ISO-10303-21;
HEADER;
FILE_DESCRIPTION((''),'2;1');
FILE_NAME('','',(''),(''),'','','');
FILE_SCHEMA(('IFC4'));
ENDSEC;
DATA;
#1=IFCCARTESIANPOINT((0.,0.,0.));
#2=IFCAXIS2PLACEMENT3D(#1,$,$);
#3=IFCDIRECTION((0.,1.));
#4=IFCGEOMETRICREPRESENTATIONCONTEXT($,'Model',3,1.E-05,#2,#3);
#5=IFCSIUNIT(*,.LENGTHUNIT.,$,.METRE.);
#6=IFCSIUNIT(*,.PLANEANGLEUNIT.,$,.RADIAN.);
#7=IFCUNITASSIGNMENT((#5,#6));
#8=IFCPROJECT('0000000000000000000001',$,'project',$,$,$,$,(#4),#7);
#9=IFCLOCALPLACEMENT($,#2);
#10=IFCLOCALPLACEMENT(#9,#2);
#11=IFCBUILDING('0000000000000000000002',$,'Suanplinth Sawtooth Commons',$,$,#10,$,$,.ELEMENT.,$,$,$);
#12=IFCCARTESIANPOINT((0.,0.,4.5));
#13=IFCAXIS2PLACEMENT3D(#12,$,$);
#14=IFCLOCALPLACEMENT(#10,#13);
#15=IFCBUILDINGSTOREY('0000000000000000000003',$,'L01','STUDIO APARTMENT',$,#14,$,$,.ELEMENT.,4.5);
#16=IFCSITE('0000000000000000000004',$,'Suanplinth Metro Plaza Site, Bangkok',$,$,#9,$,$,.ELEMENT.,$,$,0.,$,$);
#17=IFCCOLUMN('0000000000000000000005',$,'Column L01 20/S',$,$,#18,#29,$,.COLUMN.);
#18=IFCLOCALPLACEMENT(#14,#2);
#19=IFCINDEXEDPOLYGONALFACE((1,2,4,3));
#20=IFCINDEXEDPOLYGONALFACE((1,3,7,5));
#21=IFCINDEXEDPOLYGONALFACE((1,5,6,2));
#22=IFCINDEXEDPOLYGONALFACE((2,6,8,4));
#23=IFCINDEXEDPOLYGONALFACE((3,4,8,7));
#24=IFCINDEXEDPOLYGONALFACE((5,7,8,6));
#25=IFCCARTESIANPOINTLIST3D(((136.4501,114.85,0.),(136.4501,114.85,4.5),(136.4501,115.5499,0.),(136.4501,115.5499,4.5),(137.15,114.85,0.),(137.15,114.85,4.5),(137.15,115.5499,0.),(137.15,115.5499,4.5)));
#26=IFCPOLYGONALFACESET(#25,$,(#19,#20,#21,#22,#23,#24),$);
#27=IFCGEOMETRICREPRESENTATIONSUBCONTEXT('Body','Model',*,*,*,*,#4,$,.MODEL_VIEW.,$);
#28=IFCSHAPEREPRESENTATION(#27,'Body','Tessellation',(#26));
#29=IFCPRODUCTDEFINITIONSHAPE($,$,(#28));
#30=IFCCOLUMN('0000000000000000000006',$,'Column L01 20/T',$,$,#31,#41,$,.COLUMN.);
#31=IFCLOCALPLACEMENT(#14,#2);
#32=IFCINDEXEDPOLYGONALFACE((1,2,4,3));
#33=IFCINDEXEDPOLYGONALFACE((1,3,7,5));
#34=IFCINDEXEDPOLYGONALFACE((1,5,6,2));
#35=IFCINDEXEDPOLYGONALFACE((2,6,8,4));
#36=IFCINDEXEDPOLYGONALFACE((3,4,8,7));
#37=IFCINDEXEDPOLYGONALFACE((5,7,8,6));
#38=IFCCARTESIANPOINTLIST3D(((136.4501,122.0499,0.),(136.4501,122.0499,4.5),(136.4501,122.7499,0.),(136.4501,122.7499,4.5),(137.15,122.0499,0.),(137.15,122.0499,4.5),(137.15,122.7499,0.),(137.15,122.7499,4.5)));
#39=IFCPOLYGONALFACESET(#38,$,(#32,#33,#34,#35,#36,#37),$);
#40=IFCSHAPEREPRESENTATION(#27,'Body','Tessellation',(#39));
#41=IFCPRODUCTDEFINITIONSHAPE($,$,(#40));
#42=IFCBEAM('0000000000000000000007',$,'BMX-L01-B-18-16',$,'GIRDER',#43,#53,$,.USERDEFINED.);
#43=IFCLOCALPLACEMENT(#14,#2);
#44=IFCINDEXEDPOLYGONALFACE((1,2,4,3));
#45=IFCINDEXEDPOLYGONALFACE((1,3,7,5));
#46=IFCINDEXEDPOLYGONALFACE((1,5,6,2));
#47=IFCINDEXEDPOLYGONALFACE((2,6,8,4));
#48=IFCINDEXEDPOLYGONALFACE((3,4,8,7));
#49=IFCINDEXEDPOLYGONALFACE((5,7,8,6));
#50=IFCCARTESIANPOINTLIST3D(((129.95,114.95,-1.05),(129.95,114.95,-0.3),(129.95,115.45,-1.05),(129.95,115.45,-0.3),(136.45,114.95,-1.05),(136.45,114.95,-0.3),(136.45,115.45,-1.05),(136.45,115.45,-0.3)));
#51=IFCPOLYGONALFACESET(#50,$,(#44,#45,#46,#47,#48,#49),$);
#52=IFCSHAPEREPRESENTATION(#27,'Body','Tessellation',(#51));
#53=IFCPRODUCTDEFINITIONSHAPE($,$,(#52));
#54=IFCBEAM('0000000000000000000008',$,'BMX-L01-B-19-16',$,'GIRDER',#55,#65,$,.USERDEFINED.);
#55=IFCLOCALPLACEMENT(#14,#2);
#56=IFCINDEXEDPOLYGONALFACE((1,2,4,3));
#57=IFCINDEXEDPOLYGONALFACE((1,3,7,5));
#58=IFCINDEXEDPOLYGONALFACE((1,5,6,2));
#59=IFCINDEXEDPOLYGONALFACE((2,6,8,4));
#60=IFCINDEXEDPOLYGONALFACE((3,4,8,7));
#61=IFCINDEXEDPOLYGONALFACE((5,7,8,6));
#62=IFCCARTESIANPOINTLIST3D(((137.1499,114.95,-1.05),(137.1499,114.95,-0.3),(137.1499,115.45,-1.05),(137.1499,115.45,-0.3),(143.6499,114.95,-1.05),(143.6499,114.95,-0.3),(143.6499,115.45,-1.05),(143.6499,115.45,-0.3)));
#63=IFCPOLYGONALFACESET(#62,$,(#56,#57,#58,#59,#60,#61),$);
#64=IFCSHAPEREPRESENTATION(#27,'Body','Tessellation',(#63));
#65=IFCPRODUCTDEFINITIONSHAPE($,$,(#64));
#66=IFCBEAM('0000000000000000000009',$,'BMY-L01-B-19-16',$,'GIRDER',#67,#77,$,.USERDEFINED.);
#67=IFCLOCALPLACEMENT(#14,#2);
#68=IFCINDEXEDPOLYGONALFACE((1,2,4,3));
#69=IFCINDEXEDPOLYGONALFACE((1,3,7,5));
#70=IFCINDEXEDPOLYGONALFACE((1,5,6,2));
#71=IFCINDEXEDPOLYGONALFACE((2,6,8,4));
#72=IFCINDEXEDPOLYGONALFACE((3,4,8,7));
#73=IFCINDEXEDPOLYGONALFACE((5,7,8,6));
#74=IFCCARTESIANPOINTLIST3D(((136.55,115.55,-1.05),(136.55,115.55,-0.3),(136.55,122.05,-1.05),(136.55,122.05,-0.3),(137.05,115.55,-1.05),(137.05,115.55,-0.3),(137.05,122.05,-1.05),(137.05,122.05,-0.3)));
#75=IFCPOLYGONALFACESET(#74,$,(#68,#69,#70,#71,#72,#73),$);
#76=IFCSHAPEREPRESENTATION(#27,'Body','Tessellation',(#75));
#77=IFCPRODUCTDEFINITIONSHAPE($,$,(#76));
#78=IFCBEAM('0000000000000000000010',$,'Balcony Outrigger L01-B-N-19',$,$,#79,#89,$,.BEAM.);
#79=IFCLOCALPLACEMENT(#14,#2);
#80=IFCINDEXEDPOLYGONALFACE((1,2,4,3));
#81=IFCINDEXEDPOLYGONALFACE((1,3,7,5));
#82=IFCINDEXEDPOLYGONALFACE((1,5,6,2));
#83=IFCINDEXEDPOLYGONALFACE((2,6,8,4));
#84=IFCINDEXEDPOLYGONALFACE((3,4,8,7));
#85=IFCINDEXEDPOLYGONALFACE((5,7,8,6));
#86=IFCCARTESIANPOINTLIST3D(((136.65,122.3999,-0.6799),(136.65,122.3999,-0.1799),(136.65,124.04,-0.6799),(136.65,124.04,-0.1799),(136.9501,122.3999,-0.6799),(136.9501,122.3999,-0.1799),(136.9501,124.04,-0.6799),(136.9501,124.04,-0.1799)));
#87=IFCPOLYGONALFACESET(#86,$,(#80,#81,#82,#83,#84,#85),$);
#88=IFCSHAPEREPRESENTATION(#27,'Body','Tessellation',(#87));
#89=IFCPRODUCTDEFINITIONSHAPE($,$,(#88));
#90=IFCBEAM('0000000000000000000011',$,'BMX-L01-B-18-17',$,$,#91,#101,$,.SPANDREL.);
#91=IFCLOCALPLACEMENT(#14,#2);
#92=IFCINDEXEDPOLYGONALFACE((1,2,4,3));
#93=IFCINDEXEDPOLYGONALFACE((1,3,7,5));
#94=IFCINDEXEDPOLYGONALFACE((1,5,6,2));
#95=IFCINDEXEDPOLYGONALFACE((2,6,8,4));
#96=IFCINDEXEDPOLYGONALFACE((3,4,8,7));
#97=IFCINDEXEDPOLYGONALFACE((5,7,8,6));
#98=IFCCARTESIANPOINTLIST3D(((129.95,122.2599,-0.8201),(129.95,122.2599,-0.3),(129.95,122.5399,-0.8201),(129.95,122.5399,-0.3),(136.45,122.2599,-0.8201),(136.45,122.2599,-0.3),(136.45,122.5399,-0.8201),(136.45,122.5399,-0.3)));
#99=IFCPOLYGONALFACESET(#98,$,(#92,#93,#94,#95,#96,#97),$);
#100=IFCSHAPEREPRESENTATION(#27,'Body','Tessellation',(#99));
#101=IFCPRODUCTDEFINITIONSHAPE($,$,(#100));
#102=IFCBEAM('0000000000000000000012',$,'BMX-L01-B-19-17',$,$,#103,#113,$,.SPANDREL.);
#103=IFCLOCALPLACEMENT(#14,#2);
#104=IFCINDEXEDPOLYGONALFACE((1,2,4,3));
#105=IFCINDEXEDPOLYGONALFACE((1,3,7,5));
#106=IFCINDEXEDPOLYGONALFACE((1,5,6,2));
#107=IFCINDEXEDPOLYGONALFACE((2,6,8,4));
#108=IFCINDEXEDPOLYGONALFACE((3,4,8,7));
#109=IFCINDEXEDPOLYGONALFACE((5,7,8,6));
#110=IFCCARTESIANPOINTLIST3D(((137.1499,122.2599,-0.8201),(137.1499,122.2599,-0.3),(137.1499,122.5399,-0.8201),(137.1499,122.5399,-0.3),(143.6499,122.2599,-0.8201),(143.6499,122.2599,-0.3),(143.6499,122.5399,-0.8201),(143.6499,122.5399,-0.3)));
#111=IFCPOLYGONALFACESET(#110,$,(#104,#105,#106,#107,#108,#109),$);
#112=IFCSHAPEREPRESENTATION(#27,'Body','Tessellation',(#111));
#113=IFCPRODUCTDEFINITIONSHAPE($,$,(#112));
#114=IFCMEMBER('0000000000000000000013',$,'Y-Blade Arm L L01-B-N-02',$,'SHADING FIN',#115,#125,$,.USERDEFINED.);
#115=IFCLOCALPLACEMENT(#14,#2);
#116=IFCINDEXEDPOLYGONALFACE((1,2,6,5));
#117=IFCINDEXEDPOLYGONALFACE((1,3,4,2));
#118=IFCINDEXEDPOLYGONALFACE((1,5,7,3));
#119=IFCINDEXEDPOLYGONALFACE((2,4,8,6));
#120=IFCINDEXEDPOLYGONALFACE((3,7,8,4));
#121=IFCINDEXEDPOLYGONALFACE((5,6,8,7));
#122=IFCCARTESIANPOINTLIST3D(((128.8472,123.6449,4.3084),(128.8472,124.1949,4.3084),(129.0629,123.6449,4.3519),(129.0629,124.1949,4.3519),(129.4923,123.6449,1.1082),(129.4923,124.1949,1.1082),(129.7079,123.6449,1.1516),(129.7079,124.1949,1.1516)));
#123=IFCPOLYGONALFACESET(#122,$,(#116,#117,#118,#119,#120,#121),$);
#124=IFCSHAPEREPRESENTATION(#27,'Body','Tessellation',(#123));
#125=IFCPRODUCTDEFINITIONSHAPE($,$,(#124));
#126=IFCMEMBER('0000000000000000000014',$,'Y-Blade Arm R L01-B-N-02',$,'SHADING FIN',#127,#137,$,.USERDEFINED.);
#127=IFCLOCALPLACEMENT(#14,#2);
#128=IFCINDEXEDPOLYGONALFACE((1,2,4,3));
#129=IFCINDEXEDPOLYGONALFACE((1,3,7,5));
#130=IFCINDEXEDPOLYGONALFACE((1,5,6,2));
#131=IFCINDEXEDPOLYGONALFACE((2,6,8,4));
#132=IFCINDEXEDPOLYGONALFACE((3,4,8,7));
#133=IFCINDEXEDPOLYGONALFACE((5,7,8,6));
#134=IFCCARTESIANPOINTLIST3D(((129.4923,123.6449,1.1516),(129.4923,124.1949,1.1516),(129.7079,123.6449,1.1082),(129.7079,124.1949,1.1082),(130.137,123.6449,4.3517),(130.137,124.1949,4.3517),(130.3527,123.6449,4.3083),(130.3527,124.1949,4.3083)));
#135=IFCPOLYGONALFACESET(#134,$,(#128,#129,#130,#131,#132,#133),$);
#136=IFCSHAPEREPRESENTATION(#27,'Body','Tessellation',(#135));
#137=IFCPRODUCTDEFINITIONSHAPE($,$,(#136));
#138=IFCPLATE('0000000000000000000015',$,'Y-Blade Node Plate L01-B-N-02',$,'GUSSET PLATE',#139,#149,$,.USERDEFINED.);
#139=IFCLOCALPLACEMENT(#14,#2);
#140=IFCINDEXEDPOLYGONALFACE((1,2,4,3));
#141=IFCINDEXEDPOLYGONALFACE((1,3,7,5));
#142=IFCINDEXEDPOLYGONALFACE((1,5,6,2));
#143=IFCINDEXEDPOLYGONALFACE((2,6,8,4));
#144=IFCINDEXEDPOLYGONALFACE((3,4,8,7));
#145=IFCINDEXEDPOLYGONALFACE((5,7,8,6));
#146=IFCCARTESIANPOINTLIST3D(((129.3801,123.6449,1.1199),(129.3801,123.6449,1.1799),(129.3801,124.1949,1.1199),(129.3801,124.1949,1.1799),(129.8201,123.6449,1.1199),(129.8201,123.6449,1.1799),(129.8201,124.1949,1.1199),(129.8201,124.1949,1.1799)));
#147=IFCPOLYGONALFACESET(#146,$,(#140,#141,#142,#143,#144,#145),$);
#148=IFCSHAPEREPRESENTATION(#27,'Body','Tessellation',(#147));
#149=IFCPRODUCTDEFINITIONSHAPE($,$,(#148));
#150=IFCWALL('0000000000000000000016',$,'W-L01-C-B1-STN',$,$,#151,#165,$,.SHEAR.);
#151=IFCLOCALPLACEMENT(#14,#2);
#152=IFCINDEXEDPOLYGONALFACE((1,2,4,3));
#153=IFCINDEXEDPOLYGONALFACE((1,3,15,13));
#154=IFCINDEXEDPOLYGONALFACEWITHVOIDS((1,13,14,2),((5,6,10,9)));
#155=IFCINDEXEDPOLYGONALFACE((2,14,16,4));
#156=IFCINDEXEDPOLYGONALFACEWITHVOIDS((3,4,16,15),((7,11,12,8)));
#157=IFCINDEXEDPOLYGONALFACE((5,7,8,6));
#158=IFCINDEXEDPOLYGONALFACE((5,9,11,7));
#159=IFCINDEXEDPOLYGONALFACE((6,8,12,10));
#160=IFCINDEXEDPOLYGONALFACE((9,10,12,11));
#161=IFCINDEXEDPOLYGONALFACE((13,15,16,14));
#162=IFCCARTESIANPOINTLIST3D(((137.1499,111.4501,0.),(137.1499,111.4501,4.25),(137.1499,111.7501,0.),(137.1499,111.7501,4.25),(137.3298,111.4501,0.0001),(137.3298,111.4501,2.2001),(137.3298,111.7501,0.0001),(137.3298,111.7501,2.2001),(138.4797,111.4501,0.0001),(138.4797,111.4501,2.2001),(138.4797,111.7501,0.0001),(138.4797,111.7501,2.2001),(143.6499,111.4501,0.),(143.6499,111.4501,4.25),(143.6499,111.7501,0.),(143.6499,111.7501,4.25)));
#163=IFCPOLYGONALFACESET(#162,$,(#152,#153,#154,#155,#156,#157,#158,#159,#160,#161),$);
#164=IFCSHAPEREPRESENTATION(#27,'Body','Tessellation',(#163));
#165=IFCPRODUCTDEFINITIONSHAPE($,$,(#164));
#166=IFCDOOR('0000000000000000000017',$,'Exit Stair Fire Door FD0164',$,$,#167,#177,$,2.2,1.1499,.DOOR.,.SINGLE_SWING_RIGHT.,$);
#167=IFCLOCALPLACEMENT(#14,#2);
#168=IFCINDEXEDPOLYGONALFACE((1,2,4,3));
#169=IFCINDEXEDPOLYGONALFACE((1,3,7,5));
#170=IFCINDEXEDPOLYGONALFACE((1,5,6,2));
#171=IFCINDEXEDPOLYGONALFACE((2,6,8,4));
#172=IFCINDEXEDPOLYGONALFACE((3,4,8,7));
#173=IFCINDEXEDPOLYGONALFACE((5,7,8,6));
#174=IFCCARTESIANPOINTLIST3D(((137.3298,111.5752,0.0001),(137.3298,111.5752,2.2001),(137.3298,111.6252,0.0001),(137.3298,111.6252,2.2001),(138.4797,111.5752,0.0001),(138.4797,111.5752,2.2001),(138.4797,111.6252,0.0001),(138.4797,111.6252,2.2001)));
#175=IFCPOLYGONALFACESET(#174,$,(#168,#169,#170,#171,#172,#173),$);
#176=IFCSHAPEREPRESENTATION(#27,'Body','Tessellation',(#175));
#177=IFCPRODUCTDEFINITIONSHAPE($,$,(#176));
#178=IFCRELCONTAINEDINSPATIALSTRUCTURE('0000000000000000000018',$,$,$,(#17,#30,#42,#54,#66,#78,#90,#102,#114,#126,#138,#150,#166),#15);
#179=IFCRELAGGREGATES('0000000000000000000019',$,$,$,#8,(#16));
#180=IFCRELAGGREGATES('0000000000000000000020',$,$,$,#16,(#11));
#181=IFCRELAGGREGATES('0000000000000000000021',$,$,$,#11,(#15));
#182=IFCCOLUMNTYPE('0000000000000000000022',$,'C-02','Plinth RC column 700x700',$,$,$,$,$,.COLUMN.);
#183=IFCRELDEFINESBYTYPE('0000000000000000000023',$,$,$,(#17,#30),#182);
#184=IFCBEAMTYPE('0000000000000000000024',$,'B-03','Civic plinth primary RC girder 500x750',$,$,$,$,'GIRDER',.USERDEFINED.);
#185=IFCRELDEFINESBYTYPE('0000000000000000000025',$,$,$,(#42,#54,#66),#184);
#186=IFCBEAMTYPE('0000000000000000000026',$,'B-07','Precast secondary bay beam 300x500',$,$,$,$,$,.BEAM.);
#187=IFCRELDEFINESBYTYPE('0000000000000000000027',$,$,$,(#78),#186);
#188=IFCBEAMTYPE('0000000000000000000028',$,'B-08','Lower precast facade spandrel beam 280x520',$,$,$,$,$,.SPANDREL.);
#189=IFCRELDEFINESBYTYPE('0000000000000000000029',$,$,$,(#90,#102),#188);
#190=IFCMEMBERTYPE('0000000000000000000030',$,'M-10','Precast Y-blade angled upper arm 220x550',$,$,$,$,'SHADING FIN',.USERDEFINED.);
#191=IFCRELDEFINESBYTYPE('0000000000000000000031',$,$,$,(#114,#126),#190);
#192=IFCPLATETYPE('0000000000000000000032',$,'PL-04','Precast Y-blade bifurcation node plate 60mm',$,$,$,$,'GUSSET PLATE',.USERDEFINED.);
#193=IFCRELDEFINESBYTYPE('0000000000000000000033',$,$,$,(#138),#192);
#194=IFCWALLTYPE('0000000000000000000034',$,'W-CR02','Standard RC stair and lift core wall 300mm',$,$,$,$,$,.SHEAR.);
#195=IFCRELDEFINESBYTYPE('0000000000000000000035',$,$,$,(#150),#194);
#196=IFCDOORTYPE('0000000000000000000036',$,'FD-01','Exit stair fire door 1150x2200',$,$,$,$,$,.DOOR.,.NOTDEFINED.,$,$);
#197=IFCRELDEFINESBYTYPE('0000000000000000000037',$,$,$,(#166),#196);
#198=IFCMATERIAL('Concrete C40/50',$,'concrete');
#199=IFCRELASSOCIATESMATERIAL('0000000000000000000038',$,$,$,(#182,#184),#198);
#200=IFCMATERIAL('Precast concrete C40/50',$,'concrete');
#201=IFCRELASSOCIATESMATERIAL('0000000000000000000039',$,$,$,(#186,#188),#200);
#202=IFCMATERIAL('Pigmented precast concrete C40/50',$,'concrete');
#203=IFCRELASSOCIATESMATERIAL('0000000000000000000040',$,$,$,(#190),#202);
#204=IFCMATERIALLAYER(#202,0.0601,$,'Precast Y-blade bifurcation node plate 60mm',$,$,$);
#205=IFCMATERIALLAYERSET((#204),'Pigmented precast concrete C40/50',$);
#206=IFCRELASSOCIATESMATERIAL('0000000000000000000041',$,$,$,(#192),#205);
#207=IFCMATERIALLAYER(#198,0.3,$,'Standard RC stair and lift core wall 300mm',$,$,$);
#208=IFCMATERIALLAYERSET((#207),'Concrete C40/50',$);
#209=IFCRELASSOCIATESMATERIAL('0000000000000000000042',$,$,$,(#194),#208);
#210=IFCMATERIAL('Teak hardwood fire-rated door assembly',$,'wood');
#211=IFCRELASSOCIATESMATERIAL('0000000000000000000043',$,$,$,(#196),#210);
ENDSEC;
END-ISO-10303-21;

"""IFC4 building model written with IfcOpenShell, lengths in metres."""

from ifc_helpers import new_model, si_unit, direction, frame, frame_2d, origin, origin_2d, place, context, subcontext, project, spatial, rectangle, extrude, material, layer, layer_set, material_profile, profile_set, type_object, element, fill, save


model = new_model("IFC4")

# Units and contexts
model_context = context("Model", 3, precision=1e-05, world=origin(), true_north=direction((0.0, 1.0)))
body_context = subcontext(model_context, "Body", "Model", "MODEL_VIEW")
ifc_project = project(units=[si_unit("LENGTHUNIT", "METRE"), si_unit("PLANEANGLEUNIT", "RADIAN")], contexts=[model_context])

# Site, building, storey
site_placement = place(None, origin())
site = spatial("IfcSite", under=ifc_project, at=site_placement, Name="Suanplinth Metro Plaza Site, Bangkok", CompositionType="ELEMENT", RefElevation=0.0)
building_placement = place(site_placement, origin())
building = spatial("IfcBuilding", under=site, at=building_placement, Name="Suanplinth Sawtooth Commons", CompositionType="ELEMENT")
storey_placement = place(building_placement, frame((0.0, 0.0, 4.5)))
storey = spatial("IfcBuildingStorey", under=building, at=storey_placement, Name="L01", Description="STUDIO APARTMENT", CompositionType="ELEMENT", Elevation=4.5)

# Columns
ifc_material_1 = material(Name="Concrete C40/50", Category="concrete")
ifc_material_profile_1 = material_profile(ifc_material_1, rectangle(XDim=0.7, YDim=0.7, at=origin_2d()), Name="RC-COL 700x700")
ifc_profile_set_1 = profile_set([ifc_material_profile_1], Name="Concrete C40/50")
column_type = type_object("IfcColumnType", Name="C-02", Description="Plinth RC column 700x700", PredefinedType="COLUMN", material=ifc_profile_set_1)
for number, where, z_axis, x_axis, name in (
    (1, (136.8, 115.2, 0.0), (0.0, 0.0, 1.0), (1.0, 0.0, 0.0), "Column L01 20/S"),
    (2, (136.8, 122.3999, 0.0), (0.0, 0.0, 1.0), (1.0, 0.0, 0.0), "Column L01 20/T"),
):
    element("IfcColumn", number, at=place(storey_placement, frame(where, z_axis=z_axis, x_axis=x_axis)), inside=storey, type_object=column_type, Name=name, PredefinedType="COLUMN", context=body_context, shape_type="SweptSolid", body=[
        extrude(rectangle(XDim=0.7, YDim=0.7, at=origin_2d()), origin(), (0.0, 0.0, 1.0), 4.5),
    ])

# Beams
ifc_material_profile_2 = material_profile(ifc_material_1, rectangle(XDim=0.5, YDim=0.75, at=origin_2d()), Name="RC-GDR 500x750")
ifc_profile_set_2 = profile_set([ifc_material_profile_2], Name="Concrete C40/50")
beam_type_1 = type_object("IfcBeamType", Name="B-03", Description="Civic plinth primary RC girder 500x750", ElementType="GIRDER", PredefinedType="USERDEFINED", material=ifc_profile_set_2)
for number, where, z_axis, x_axis, name in (
    (3, (129.95, 115.2, -0.675), (1.0, 0.0, 0.0), (0.0, 1.0, 0.0), "BMX-L01-B-18-16"),
    (4, (137.1499, 115.2, -0.675), (1.0, 0.0, 0.0), (0.0, 1.0, 0.0), "BMX-L01-B-19-16"),
    (5, (136.8, 115.55, -0.675), (0.0, 1.0, 0.0), (-1.0, 0.0, 0.0), "BMY-L01-B-19-16"),
):
    element("IfcBeam", number, at=place(storey_placement, frame(where, z_axis=z_axis, x_axis=x_axis)), inside=storey, type_object=beam_type_1, Name=name, ObjectType="GIRDER", PredefinedType="USERDEFINED", context=body_context, shape_type="SweptSolid", body=[
        extrude(rectangle(XDim=0.5, YDim=0.75, at=origin_2d()), origin(), (0.0, 0.0, 1.0), 6.5),
    ])
ifc_material_2 = material(Name="Precast concrete C40/50", Category="concrete")
ifc_material_profile_3 = material_profile(ifc_material_2, rectangle(XDim=0.3, YDim=0.5, at=origin_2d()), Name="PC-BM 300x500")
ifc_profile_set_3 = profile_set([ifc_material_profile_3], Name="Precast concrete C40/50")
beam_type_2 = type_object("IfcBeamType", Name="B-07", Description="Precast secondary bay beam 300x500", PredefinedType="BEAM", material=ifc_profile_set_3)
beam_placement = place(storey_placement, frame((136.8, 122.3999, -0.4299), z_axis=(0.0, 1.0, 0.0), x_axis=(-1.0, 0.0, 0.0)))
element("IfcBeam", 6, at=beam_placement, inside=storey, type_object=beam_type_2, Name="Balcony Outrigger L01-B-N-19", PredefinedType="BEAM", context=body_context, shape_type="SweptSolid", body=[
    extrude(rectangle(XDim=0.3, YDim=0.5, at=origin_2d()), origin(), (0.0, 0.0, 1.0), 1.6401),
])
ifc_material_profile_4 = material_profile(ifc_material_2, rectangle(XDim=0.28, YDim=0.52, at=origin_2d()), Name="PC-SP 280x520")
ifc_profile_set_4 = profile_set([ifc_material_profile_4], Name="Precast concrete C40/50")
beam_type_3 = type_object("IfcBeamType", Name="B-08", Description="Lower precast facade spandrel beam 280x520", PredefinedType="SPANDREL", material=ifc_profile_set_4)
for number, where, z_axis, x_axis, name in (
    (7, (129.95, 122.3999, -0.5601), (1.0, 0.0, 0.0), (0.0, 1.0, 0.0), "BMX-L01-B-18-17"),
    (8, (137.1499, 122.3999, -0.5601), (1.0, 0.0, 0.0), (0.0, 1.0, 0.0), "BMX-L01-B-19-17"),
):
    element("IfcBeam", number, at=place(storey_placement, frame(where, z_axis=z_axis, x_axis=x_axis)), inside=storey, type_object=beam_type_3, Name=name, PredefinedType="SPANDREL", context=body_context, shape_type="SweptSolid", body=[
        extrude(rectangle(XDim=0.28, YDim=0.52, at=origin_2d()), origin(), (0.0, 0.0, 1.0), 6.5),
    ])

# Members
ifc_material_3 = material(Name="Pigmented precast concrete C40/50", Category="concrete")
ifc_material_profile_5 = material_profile(ifc_material_3, rectangle(XDim=0.22, YDim=0.55, at=origin_2d()), Name="PC-FIN 220x550")
ifc_profile_set_5 = profile_set([ifc_material_profile_5], Name="Pigmented precast concrete C40/50")
member_type = type_object("IfcMemberType", Name="M-10", Description="Precast Y-blade angled upper arm 220x550", ElementType="SHADING FIN", PredefinedType="USERDEFINED", material=ifc_profile_set_5)
member_1_placement = place(storey_placement, frame((129.6001, 123.9199, 1.1299), z_axis=(-0.197583, 0.0, 0.980286), x_axis=(0.980286, 0.0, 0.197583)))
element("IfcMember", 9, at=member_1_placement, inside=storey, type_object=member_type, Name="Y-Blade Arm L L01-B-N-02", ObjectType="SHADING FIN", PredefinedType="USERDEFINED", context=body_context, shape_type="SweptSolid", body=[
    extrude(rectangle(XDim=0.22, YDim=0.55, at=origin_2d()), origin(), (0.0, 0.0, 1.0), 3.2646),
])
member_2_placement = place(storey_placement, frame((129.6001, 123.9199, 1.1299), z_axis=(0.197511, 0.0, 0.980301), x_axis=(-0.980301, 0.0, 0.197511)))
element("IfcMember", 10, at=member_2_placement, inside=storey, type_object=member_type, Name="Y-Blade Arm R L01-B-N-02", ObjectType="SHADING FIN", PredefinedType="USERDEFINED", context=body_context, shape_type="SweptSolid", body=[
    extrude(rectangle(XDim=0.22, YDim=0.55, at=origin_2d()), origin(), (0.0, 0.0, 1.0), 3.2644),
])

# Plate
ifc_layer_1 = layer(ifc_material_3, 0.0601, Name="Precast Y-blade bifurcation node plate 60mm")
ifc_layer_set_1 = layer_set([ifc_layer_1], Name="Pigmented precast concrete C40/50")
plate_type = type_object("IfcPlateType", Name="PL-04", Description="Precast Y-blade bifurcation node plate 60mm", ElementType="GUSSET PLATE", PredefinedType="USERDEFINED", material=ifc_layer_set_1)
plate_placement = place(storey_placement, frame((129.6001, 123.9199, 1.1199), z_axis=(0.0, 0.0, 1.0), x_axis=(1.0, 0.0, 0.0)))
element("IfcPlate", 11, at=plate_placement, inside=storey, type_object=plate_type, Name="Y-Blade Node Plate L01-B-N-02", ObjectType="GUSSET PLATE", PredefinedType="USERDEFINED", context=body_context, shape_type="SweptSolid", body=[
    extrude(rectangle(XDim=0.4399, YDim=0.55, at=origin_2d()), origin(), (0.0, 0.0, 1.0), 0.0601),
])

# Wall, opening, door
ifc_layer_2 = layer(ifc_material_1, 0.3, Name="Standard RC stair and lift core wall 300mm")
ifc_layer_set_2 = layer_set([ifc_layer_2], Name="Concrete C40/50")
wall_type_1 = type_object("IfcWallType", Name="W-CR02", Description="Standard RC stair and lift core wall 300mm", PredefinedType="SHEAR", material=ifc_layer_set_2)
wall_1_placement = place(storey_placement, frame((137.1499, 111.6001, 0.0), z_axis=(0.0, 0.0, 1.0), x_axis=(1.0, 0.0, 0.0)))
wall_1 = element("IfcWall", 12, at=wall_1_placement, inside=storey, type_object=wall_type_1, Name="W-L01-C-B1-STN", PredefinedType="SHEAR", context=body_context, shape_type="SweptSolid", body=[
    extrude(rectangle(XDim=6.5, YDim=0.3, at=frame_2d((3.25, 0.0))), origin(), (0.0, 0.0, 1.0), 4.25),
])
opening_1_placement = place(wall_1_placement, frame((0.1799, 0.0, 0.0)))
opening_1 = element("IfcOpeningElement", 13, at=opening_1_placement, cuts=wall_1, PredefinedType="OPENING", context=body_context, shape_type="SweptSolid", body=[
    extrude(rectangle(XDim=1.1499, YDim=2.2, at=frame_2d((0.575, 1.1001))), frame((0.0, 0.165, 0.0), z_axis=(0.0, -1.0, 0.0), x_axis=(1.0, 0.0, 0.0)), (0.0, 0.0, 1.0), 0.3298),
])
ifc_material_4 = material(Name="Teak hardwood fire-rated door assembly", Category="wood")
door_type_1 = type_object("IfcDoorType", Name="FD-01", Description="Exit stair fire door 1150x2200", OperationType="NOTDEFINED", PredefinedType="DOOR", material=ifc_material_4)
door_1_placement = place(opening_1_placement, frame((1.1499, 0.0, 0.0), z_axis=(0.0, 0.0, 1.0), x_axis=(-1.0, 0.0, 0.0)))
door_1 = element("IfcDoor", 14, at=door_1_placement, inside=storey, type_object=door_type_1, Name="Exit Stair Fire Door FD0164", OperationType="SINGLE_SWING_RIGHT", OverallHeight=2.2, OverallWidth=1.1499, PredefinedType="DOOR", context=body_context, shape_type="SweptSolid", body=[
    extrude(rectangle(XDim=1.1499, YDim=2.2, at=frame_2d((0.575, 1.1001))), frame((0.0, 0.0249, 0.0), z_axis=(0.0, -1.0, 0.0), x_axis=(1.0, 0.0, 0.0)), (0.0, 0.0, 1.0), 0.05),
])
fill(opening_1, door_1)

save(model, "model.ifc")
